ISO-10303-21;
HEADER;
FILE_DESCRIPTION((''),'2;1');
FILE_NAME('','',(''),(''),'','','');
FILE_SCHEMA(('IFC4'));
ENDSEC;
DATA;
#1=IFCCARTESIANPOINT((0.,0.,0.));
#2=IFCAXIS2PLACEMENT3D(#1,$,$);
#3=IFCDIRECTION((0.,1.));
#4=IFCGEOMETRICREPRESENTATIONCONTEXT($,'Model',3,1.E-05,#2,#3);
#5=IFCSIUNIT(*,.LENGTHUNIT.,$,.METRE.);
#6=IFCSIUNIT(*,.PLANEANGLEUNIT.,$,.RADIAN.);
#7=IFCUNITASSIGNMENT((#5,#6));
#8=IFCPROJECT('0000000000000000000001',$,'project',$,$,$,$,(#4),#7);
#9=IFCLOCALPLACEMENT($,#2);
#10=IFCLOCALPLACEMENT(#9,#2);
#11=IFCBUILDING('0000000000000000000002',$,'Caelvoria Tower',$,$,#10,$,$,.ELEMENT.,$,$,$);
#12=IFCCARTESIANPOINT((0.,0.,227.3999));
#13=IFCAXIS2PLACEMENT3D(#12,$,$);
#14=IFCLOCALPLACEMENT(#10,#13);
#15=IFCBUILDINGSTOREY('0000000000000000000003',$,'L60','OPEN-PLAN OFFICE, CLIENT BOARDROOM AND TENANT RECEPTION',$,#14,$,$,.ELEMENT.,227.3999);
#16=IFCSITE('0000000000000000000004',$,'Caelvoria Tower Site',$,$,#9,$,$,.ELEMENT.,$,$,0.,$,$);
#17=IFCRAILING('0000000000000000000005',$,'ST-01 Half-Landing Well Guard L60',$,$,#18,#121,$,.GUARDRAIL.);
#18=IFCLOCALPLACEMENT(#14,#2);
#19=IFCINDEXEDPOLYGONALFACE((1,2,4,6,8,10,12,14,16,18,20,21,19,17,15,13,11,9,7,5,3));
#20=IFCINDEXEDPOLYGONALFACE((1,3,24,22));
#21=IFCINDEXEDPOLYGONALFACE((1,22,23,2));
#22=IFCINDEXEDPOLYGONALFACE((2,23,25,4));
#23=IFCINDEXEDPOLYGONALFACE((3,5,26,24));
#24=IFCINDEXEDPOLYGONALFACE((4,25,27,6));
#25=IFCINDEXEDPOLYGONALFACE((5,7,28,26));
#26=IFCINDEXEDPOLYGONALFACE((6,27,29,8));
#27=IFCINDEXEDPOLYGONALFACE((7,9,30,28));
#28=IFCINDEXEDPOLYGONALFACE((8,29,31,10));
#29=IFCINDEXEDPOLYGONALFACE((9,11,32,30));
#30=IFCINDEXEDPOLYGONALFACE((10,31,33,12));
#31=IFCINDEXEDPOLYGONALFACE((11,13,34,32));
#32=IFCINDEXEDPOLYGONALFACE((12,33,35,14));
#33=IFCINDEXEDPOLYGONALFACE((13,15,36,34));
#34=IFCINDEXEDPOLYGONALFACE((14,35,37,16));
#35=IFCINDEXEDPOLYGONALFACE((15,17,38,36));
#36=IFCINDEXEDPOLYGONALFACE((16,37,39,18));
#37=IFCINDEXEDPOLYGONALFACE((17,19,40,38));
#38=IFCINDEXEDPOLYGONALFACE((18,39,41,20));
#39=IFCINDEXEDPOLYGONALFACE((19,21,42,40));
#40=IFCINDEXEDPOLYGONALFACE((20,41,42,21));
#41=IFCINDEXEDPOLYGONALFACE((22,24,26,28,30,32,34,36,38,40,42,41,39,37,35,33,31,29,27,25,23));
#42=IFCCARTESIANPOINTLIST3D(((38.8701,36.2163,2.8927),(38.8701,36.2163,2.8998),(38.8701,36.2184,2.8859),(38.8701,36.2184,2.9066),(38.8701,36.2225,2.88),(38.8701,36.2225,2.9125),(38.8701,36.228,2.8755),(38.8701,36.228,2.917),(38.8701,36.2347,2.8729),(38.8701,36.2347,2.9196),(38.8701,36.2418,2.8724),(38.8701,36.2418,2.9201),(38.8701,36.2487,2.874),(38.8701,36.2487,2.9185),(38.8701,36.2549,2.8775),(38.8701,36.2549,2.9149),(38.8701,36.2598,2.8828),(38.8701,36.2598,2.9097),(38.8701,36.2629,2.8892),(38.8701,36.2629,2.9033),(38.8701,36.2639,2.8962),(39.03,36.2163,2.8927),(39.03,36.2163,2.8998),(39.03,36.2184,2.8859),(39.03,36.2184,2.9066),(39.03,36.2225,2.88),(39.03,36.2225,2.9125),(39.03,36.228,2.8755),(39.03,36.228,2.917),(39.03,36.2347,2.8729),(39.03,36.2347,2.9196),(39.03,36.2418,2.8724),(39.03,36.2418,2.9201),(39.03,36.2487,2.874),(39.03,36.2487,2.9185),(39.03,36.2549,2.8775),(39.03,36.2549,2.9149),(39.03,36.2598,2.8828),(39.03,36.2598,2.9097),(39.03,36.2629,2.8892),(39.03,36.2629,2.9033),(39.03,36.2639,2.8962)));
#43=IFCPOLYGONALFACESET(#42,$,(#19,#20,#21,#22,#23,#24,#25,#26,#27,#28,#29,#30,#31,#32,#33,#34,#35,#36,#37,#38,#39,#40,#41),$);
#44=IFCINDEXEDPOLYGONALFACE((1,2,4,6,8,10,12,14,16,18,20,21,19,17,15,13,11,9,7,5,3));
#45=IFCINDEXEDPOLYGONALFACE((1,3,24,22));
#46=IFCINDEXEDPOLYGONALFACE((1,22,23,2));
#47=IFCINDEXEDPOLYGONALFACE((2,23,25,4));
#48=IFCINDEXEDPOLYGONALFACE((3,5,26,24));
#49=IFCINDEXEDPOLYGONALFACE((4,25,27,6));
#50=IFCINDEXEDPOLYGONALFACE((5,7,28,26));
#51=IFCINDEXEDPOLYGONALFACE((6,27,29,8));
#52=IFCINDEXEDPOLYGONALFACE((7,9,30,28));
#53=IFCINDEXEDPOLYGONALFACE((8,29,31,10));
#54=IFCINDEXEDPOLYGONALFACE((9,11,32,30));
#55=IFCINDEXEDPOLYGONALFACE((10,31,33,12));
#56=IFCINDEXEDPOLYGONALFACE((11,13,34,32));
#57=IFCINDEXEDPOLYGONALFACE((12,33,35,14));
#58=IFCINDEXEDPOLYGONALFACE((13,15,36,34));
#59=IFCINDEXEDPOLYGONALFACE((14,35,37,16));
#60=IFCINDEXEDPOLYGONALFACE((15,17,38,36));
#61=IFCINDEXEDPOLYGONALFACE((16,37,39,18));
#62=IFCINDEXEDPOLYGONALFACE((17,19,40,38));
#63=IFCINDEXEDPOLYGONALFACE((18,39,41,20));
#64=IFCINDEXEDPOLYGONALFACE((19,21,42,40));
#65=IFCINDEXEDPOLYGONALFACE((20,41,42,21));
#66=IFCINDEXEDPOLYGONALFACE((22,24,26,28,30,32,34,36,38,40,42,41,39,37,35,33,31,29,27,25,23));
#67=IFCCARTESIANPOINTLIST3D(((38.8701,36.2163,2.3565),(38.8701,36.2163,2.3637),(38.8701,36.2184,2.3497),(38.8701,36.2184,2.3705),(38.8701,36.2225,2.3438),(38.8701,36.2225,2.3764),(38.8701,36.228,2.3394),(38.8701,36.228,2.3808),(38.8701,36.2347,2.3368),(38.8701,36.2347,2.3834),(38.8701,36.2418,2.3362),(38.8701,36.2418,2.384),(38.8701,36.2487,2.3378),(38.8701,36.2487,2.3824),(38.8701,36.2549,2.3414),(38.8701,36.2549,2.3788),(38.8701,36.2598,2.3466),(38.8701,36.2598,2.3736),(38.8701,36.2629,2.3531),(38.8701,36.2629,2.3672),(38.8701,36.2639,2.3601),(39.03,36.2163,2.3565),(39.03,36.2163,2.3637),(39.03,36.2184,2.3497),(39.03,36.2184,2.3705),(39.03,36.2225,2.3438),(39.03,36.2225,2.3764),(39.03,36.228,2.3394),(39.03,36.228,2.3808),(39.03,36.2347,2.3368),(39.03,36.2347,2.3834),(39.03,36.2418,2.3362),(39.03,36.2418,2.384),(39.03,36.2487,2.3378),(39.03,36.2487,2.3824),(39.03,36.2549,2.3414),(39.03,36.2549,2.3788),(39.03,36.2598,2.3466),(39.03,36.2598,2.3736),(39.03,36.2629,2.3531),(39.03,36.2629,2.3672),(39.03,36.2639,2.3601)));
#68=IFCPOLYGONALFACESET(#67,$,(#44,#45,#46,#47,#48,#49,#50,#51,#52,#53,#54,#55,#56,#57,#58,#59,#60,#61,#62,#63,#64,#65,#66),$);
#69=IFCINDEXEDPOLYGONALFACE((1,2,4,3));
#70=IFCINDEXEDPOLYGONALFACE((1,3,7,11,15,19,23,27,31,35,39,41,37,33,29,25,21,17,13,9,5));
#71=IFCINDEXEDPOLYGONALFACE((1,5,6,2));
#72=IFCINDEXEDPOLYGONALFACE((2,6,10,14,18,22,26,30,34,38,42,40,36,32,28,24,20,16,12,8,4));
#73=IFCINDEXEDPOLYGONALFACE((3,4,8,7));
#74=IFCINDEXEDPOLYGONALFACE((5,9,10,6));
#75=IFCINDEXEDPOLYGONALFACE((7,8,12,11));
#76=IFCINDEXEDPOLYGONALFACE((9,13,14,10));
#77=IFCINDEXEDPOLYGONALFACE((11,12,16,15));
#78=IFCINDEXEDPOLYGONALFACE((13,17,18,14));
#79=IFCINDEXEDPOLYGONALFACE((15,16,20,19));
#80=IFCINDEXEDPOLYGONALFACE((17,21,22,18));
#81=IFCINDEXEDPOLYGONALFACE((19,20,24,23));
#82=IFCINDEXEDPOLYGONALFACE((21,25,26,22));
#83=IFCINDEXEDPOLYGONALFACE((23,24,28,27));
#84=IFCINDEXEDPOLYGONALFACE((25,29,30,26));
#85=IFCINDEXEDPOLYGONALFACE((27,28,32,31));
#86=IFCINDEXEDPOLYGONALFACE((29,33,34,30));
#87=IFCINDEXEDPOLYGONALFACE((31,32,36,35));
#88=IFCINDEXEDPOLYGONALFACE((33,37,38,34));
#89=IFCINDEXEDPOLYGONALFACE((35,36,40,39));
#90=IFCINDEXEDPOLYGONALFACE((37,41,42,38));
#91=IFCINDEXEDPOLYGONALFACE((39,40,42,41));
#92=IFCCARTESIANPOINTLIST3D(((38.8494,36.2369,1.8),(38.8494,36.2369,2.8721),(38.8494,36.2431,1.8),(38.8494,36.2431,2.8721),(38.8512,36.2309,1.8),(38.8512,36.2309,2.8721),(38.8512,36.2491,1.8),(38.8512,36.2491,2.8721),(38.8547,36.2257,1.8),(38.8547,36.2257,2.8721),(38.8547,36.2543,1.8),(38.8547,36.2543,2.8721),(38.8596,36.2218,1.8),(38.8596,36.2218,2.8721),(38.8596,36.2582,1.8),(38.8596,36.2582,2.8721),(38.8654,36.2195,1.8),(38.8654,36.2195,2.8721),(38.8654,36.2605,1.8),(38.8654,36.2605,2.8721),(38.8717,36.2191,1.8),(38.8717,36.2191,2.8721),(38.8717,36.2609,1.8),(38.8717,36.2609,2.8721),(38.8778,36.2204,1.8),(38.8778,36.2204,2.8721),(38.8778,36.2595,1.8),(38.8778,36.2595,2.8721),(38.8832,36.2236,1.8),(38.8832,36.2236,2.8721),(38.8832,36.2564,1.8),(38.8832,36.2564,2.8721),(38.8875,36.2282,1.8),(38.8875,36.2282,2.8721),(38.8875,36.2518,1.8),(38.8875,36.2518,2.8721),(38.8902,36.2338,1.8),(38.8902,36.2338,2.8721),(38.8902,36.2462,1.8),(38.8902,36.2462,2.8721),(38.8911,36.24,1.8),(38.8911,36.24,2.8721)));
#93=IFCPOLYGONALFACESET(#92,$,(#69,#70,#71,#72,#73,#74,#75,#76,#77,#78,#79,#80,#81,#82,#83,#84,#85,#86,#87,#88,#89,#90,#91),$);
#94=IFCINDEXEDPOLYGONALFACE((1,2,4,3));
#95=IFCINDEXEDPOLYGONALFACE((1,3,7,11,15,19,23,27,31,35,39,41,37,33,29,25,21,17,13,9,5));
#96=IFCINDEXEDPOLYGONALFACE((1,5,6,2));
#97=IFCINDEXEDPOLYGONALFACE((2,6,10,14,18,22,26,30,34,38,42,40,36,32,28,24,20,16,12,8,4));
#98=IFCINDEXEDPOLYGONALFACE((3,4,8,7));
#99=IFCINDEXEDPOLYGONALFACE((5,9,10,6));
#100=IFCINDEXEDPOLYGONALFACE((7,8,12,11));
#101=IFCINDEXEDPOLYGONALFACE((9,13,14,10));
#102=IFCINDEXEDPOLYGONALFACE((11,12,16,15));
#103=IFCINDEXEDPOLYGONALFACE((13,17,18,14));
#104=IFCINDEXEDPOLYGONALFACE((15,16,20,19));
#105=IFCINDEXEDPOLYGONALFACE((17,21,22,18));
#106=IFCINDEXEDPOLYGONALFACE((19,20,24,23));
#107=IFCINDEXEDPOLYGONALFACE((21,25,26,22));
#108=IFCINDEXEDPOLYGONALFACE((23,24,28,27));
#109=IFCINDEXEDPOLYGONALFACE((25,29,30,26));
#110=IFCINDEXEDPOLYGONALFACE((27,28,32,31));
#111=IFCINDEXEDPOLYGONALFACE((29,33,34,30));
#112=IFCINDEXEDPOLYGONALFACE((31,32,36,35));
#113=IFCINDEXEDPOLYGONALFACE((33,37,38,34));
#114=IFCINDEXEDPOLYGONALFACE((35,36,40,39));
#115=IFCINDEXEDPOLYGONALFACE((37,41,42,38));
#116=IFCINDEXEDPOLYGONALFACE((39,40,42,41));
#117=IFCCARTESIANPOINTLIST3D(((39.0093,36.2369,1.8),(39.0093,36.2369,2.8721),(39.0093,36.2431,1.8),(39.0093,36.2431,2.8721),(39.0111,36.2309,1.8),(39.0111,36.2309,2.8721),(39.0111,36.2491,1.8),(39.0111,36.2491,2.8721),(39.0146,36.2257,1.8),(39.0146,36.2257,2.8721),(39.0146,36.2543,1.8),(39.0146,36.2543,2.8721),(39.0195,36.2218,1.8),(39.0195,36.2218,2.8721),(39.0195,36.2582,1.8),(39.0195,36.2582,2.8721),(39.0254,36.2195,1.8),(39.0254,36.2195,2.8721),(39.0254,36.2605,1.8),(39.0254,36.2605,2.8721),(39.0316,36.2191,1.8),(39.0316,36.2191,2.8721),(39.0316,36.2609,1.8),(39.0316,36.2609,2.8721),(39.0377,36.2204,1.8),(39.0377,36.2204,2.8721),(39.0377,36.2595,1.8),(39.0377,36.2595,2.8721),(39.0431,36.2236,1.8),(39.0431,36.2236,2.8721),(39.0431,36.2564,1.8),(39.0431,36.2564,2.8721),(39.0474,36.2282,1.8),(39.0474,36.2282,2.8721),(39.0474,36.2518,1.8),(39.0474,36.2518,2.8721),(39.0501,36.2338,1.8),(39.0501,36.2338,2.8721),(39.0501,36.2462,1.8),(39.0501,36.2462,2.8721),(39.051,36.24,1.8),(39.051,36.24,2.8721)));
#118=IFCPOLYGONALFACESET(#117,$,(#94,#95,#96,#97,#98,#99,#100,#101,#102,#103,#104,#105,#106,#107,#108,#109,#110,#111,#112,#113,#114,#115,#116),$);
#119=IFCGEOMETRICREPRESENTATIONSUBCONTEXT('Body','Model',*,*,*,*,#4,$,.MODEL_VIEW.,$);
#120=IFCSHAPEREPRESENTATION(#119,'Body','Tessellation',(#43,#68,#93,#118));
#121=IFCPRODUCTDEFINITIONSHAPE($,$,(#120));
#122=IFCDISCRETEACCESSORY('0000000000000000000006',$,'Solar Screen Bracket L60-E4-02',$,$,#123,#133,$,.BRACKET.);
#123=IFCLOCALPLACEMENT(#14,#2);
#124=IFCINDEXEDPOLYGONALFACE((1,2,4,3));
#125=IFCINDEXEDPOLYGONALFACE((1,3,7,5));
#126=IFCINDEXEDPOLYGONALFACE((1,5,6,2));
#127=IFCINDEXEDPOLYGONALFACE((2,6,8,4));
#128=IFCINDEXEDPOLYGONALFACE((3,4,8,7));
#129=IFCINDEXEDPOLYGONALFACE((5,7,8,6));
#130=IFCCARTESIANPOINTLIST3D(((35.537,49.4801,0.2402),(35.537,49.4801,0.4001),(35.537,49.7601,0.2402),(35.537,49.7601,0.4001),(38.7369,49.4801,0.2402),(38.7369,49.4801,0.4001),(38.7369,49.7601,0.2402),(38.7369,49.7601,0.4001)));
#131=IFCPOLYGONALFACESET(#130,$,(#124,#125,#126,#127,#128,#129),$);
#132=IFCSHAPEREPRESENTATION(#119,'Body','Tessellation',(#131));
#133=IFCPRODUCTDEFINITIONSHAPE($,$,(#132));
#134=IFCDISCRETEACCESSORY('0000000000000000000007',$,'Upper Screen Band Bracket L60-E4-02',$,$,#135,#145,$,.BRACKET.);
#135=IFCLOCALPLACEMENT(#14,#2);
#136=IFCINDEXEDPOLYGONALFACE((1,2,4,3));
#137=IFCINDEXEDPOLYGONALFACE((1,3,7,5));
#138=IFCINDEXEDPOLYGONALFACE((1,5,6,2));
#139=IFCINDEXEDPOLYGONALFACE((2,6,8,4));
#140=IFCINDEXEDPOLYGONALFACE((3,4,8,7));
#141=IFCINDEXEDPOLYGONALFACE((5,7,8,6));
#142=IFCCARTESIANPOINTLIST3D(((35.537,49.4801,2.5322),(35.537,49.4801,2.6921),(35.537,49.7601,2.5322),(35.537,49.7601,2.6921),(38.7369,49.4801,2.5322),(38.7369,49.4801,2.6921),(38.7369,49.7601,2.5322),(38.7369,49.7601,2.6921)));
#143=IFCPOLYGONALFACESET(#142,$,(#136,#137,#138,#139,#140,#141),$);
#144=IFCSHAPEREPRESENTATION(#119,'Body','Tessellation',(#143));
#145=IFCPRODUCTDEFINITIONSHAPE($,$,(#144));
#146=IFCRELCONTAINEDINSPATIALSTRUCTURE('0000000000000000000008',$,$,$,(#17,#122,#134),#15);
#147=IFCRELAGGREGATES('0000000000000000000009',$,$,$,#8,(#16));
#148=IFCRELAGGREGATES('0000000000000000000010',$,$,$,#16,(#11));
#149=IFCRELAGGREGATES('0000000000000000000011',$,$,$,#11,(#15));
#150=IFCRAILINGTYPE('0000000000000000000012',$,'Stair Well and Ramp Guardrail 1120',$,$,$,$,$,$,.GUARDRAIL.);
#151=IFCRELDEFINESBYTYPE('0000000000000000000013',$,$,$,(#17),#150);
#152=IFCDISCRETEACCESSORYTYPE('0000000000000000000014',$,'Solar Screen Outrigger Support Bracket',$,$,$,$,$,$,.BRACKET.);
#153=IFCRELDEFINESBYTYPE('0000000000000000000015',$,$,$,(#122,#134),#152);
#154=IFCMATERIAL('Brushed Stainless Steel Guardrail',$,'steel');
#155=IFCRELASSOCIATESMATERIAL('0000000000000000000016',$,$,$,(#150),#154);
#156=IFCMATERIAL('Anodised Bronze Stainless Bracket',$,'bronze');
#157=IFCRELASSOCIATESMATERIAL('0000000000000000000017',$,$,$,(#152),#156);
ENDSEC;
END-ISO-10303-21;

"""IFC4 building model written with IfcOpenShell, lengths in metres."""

from ifc_helpers import new_model, si_unit, direction, frame, origin, origin_2d, place, context, subcontext, project, spatial, rectangle, circle, extrude, material, type_object, element, save


model = new_model("IFC4")

# Units and contexts
model_context = context("Model", 3, precision=1e-05, world=origin(), true_north=direction((0.0, 1.0)))
body_context = subcontext(model_context, "Body", "Model", "MODEL_VIEW")
ifc_project = project(units=[si_unit("LENGTHUNIT", "METRE"), si_unit("PLANEANGLEUNIT", "RADIAN")], contexts=[model_context])

# Site, building, storey
site_placement = place(None, origin())
site = spatial("IfcSite", under=ifc_project, at=site_placement, Name="Caelvoria Tower Site", CompositionType="ELEMENT", RefElevation=0.0)
building_placement = place(site_placement, origin())
building = spatial("IfcBuilding", under=site, at=building_placement, Name="Caelvoria Tower", CompositionType="ELEMENT")
storey_placement = place(building_placement, frame((0.0, 0.0, 227.3999)))
storey = spatial("IfcBuildingStorey", under=building, at=storey_placement, Name="L60", Description="OPEN-PLAN OFFICE, CLIENT BOARDROOM AND TENANT RECEPTION", CompositionType="ELEMENT", Elevation=227.3999)

# Railing
ifc_material_1 = material(Name="Brushed Stainless Steel Guardrail", Category="steel")
railing_type = type_object("IfcRailingType", Name="Stair Well and Ramp Guardrail 1120", PredefinedType="GUARDRAIL", material=ifc_material_1)
railing_placement = place(storey_placement, frame((38.8701, 36.24, 1.8)))
element("IfcRailing", 1, at=railing_placement, inside=storey, type_object=railing_type, Name="ST-01 Half-Landing Well Guard L60", PredefinedType="GUARDRAIL", context=body_context, shape_type="SweptSolid", body=[
    extrude(circle(Radius=0.0239, at=origin_2d()), frame((0.0, 0.0, 1.0962), z_axis=(1.0, 0.0, 0.0), x_axis=(0.0, 1.0, 0.0)), (0.0, 0.0, 1.0), 0.1599),
    extrude(circle(Radius=0.0239, at=origin_2d()), frame((0.0, 0.0, 0.5601), z_axis=(1.0, 0.0, 0.0), x_axis=(0.0, 1.0, 0.0)), (0.0, 0.0, 1.0), 0.1599),
    extrude(circle(Radius=0.021, at=origin_2d()), origin(), (0.0, 0.0, 1.0), 1.072),
    extrude(circle(Radius=0.021, at=origin_2d()), frame((0.1599, 0.0, 0.0)), (0.0, 0.0, 1.0), 1.072),
])

# Discrete accessories
ifc_material_2 = material(Name="Anodised Bronze Stainless Bracket", Category="bronze")
discrete_accessory_type = type_object("IfcDiscreteAccessoryType", Name="Solar Screen Outrigger Support Bracket", PredefinedType="BRACKET", material=ifc_material_2)
for number, where, z_axis, x_axis, name in (
    (2, (37.137, 49.6201, 0.2402), (0.0, 0.0, 1.0), (-1.0, 0.0, 0.0), "Solar Screen Bracket L60-E4-02"),
    (3, (37.137, 49.6201, 2.5322), (0.0, 0.0, 1.0), (-1.0, 0.0, 0.0), "Upper Screen Band Bracket L60-E4-02"),
):
    element("IfcDiscreteAccessory", number, at=place(storey_placement, frame(where, z_axis=z_axis, x_axis=x_axis)), inside=storey, type_object=discrete_accessory_type, Name=name, PredefinedType="BRACKET", context=body_context, shape_type="SweptSolid", body=[
        extrude(rectangle(XDim=3.2, YDim=0.28, at=origin_2d()), origin(), (0.0, 0.0, 1.0), 0.1599),
    ])

save(model, "model.ifc")
